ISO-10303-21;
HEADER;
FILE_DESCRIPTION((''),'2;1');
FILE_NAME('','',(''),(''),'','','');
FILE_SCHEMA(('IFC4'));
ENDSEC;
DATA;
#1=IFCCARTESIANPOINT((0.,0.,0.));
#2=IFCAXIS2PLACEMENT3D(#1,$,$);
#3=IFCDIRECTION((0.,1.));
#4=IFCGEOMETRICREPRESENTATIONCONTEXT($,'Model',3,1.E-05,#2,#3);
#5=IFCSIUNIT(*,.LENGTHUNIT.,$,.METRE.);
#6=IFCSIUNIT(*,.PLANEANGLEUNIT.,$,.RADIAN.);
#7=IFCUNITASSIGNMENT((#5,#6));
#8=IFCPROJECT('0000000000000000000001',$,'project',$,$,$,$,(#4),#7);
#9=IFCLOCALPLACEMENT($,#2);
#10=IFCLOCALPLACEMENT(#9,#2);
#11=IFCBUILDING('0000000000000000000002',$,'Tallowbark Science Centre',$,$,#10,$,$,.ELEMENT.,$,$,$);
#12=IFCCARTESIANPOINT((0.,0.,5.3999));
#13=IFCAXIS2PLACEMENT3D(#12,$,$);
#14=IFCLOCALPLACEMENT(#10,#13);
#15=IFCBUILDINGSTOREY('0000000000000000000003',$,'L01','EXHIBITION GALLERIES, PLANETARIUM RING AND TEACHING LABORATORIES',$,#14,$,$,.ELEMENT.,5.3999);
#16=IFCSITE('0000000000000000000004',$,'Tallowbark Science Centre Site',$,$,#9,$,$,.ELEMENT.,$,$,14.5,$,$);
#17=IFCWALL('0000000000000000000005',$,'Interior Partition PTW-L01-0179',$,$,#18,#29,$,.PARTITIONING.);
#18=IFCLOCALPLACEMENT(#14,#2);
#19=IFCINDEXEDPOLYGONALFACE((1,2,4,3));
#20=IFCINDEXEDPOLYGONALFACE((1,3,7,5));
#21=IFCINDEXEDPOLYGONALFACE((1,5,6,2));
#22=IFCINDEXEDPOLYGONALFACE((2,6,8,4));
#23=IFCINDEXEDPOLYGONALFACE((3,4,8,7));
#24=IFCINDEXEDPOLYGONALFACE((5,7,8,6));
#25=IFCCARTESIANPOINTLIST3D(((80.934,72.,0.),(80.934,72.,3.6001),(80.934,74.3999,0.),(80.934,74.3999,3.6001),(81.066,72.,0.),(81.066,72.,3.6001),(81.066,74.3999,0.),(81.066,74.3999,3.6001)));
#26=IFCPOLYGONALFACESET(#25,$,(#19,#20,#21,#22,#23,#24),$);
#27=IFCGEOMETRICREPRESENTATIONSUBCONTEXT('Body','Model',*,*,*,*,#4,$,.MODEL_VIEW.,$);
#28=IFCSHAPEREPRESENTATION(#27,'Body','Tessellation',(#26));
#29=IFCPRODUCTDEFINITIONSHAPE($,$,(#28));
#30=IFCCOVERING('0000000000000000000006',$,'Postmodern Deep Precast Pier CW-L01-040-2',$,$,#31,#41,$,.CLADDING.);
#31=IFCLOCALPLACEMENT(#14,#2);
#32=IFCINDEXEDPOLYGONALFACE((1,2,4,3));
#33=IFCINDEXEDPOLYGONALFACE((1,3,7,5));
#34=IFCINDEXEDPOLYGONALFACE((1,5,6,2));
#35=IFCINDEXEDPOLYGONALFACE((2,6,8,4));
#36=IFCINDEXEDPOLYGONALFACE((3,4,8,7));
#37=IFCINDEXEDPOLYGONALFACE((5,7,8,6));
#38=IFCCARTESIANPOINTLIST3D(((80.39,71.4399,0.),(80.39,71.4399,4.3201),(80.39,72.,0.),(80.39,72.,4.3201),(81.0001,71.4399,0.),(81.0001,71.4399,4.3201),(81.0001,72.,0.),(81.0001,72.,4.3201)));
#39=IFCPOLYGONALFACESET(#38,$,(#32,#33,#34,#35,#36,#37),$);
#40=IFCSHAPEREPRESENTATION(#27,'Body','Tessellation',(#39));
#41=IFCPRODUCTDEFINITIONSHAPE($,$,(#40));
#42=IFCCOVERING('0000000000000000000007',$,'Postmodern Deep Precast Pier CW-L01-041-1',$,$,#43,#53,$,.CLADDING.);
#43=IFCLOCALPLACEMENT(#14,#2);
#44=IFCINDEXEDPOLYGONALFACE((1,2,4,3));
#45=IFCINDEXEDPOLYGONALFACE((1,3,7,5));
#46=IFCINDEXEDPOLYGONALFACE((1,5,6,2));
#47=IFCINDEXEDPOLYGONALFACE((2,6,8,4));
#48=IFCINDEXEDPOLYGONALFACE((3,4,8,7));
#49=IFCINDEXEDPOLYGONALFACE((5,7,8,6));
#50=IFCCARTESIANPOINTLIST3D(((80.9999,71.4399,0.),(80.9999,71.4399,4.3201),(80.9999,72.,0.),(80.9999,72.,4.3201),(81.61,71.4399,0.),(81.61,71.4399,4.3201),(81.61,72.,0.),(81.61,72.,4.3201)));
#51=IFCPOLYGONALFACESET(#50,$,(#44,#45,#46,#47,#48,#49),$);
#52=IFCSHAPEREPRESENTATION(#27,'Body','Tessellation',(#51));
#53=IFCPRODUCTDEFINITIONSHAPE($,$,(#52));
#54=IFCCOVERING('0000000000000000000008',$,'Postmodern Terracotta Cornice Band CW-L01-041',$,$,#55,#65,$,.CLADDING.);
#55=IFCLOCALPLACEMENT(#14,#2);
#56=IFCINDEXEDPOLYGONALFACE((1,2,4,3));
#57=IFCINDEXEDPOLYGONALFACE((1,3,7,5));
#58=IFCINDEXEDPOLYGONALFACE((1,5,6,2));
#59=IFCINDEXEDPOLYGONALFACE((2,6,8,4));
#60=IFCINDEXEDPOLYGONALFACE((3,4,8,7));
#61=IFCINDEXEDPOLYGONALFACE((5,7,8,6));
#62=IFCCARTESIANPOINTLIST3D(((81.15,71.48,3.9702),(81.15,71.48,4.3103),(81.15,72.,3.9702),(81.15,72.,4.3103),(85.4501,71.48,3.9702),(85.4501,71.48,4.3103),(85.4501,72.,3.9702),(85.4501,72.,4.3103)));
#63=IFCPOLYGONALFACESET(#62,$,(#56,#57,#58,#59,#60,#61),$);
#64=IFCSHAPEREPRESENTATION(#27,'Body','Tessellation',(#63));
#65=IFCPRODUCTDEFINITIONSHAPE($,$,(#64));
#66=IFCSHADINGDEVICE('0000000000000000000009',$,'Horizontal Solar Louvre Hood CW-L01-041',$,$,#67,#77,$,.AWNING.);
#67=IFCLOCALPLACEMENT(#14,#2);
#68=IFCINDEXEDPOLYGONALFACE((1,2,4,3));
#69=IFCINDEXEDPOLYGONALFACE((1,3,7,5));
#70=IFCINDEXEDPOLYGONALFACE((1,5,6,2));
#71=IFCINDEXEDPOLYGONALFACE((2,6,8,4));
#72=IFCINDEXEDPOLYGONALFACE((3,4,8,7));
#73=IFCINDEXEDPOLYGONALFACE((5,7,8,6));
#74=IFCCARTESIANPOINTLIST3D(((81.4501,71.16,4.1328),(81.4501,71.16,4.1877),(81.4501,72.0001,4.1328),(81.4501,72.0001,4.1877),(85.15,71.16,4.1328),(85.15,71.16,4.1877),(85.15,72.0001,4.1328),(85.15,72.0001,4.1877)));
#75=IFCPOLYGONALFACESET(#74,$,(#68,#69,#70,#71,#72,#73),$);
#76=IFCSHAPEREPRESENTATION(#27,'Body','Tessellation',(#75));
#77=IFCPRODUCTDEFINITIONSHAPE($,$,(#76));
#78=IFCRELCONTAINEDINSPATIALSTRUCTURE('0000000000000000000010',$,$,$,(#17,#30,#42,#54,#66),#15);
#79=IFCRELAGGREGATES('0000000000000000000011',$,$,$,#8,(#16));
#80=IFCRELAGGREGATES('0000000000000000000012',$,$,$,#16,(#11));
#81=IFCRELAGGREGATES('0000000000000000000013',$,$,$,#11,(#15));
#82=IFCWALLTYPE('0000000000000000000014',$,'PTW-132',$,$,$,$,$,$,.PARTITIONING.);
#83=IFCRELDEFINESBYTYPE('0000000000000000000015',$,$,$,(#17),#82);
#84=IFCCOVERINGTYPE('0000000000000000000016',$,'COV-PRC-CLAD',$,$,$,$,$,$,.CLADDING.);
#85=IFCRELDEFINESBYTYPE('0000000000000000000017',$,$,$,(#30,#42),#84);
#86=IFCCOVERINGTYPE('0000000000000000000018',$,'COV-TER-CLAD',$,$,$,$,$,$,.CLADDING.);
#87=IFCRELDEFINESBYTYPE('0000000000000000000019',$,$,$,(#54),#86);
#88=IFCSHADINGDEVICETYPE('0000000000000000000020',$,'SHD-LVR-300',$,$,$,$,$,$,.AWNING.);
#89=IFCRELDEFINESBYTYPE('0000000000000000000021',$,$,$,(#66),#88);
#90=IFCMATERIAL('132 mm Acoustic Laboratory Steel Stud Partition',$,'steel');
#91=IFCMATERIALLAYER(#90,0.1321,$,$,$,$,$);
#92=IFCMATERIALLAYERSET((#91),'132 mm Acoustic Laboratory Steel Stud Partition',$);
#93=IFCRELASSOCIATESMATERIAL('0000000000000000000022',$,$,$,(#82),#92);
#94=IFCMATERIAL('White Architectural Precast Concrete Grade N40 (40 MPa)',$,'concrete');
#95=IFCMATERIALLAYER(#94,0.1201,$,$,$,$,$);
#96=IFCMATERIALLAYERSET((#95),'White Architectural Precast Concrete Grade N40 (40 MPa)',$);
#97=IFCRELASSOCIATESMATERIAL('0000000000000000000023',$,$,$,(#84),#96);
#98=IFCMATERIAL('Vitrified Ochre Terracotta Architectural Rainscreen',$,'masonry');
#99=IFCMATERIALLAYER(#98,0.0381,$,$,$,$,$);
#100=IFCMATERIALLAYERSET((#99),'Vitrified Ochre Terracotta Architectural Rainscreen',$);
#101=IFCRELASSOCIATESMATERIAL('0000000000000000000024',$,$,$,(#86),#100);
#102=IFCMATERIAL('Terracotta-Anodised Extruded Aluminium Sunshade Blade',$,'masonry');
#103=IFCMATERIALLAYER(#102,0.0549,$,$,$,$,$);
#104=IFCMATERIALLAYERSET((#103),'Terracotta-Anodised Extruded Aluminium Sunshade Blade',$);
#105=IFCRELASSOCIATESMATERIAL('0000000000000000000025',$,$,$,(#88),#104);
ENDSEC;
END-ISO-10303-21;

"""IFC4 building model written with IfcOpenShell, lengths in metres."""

from ifc_helpers import new_model, si_unit, direction, frame, frame_2d, origin, origin_2d, place, context, subcontext, project, spatial, rectangle, extrude, material, layer, layer_set, type_object, element, save


model = new_model("IFC4")

# Units and contexts
model_context = context("Model", 3, precision=1e-05, world=origin(), true_north=direction((0.0, 1.0)))
body_context = subcontext(model_context, "Body", "Model", "MODEL_VIEW")
ifc_project = project(units=[si_unit("LENGTHUNIT", "METRE"), si_unit("PLANEANGLEUNIT", "RADIAN")], contexts=[model_context])

# Site, building, storey
site_placement = place(None, origin())
site = spatial("IfcSite", under=ifc_project, at=site_placement, Name="Tallowbark Science Centre Site", CompositionType="ELEMENT", RefElevation=14.5)
building_placement = place(site_placement, origin())
building = spatial("IfcBuilding", under=site, at=building_placement, Name="Tallowbark Science Centre", CompositionType="ELEMENT")
storey_placement = place(building_placement, frame((0.0, 0.0, 5.3999)))
storey = spatial("IfcBuildingStorey", under=building, at=storey_placement, Name="L01", Description="EXHIBITION GALLERIES, PLANETARIUM RING AND TEACHING LABORATORIES", CompositionType="ELEMENT", Elevation=5.3999)

# Wall
ifc_material_1 = material(Name="132 mm Acoustic Laboratory Steel Stud Partition", Category="steel")
ifc_layer_1 = layer(ifc_material_1, 0.1321)
ifc_layer_set_1 = layer_set([ifc_layer_1], Name="132 mm Acoustic Laboratory Steel Stud Partition")
wall_type = type_object("IfcWallType", Name="PTW-132", PredefinedType="PARTITIONING", material=ifc_layer_set_1)
wall_placement = place(storey_placement, frame((81.0, 72.0, 0.0), z_axis=(0.0, 0.0, 1.0), x_axis=(0.0, 1.0, 0.0)))
element("IfcWall", 1, at=wall_placement, inside=storey, type_object=wall_type, Name="Interior Partition PTW-L01-0179", PredefinedType="PARTITIONING", context=body_context, shape_type="SweptSolid", body=[
    extrude(rectangle(XDim=2.3999, YDim=0.1321, at=frame_2d((1.2, 0.0))), origin(), (0.0, 0.0, 1.0), 3.6001),
])

# Coverings
ifc_material_2 = material(Name="White Architectural Precast Concrete Grade N40 (40 MPa)", Category="concrete")
ifc_layer_2 = layer(ifc_material_2, 0.1201)
ifc_layer_set_2 = layer_set([ifc_layer_2], Name="White Architectural Precast Concrete Grade N40 (40 MPa)")
covering_type_1 = type_object("IfcCoveringType", Name="COV-PRC-CLAD", PredefinedType="CLADDING", material=ifc_layer_set_2)
for number, where, z_axis, x_axis, name in (
    (2, (80.6951, 71.72, 0.0), (0.0, 0.0, 1.0), (1.0, 0.0, 0.0), "Postmodern Deep Precast Pier CW-L01-040-2"),
    (3, (81.3049, 71.72, 0.0), (0.0, 0.0, 1.0), (1.0, 0.0, 0.0), "Postmodern Deep Precast Pier CW-L01-041-1"),
):
    element("IfcCovering", number, at=place(storey_placement, frame(where, z_axis=z_axis, x_axis=x_axis)), inside=storey, type_object=covering_type_1, Name=name, PredefinedType="CLADDING", context=body_context, shape_type="SweptSolid", body=[
        extrude(rectangle(XDim=0.6101, YDim=0.5601, at=origin_2d()), origin(), (0.0, 0.0, 1.0), 4.3201),
    ])
ifc_material_3 = material(Name="Vitrified Ochre Terracotta Architectural Rainscreen", Category="masonry")
ifc_layer_3 = layer(ifc_material_3, 0.0381)
ifc_layer_set_3 = layer_set([ifc_layer_3], Name="Vitrified Ochre Terracotta Architectural Rainscreen")
covering_type_2 = type_object("IfcCoveringType", Name="COV-TER-CLAD", PredefinedType="CLADDING", material=ifc_layer_set_3)
covering_placement = place(storey_placement, frame((83.3, 71.74, 3.9702), z_axis=(0.0, 0.0, 1.0), x_axis=(1.0, 0.0, 0.0)))
element("IfcCovering", 4, at=covering_placement, inside=storey, type_object=covering_type_2, Name="Postmodern Terracotta Cornice Band CW-L01-041", PredefinedType="CLADDING", context=body_context, shape_type="SweptSolid", body=[
    extrude(rectangle(XDim=4.3, YDim=0.52, at=origin_2d()), origin(), (0.0, 0.0, 1.0), 0.3401),
])

# Shading device
ifc_material_4 = material(Name="Terracotta-Anodised Extruded Aluminium Sunshade Blade", Category="masonry")
ifc_layer_4 = layer(ifc_material_4, 0.0549)
ifc_layer_set_4 = layer_set([ifc_layer_4], Name="Terracotta-Anodised Extruded Aluminium Sunshade Blade")
shading_device_type = type_object("IfcShadingDeviceType", Name="SHD-LVR-300", PredefinedType="AWNING", material=ifc_layer_set_4)
shading_device_placement = place(storey_placement, frame((83.3, 71.5801, 4.1328), z_axis=(0.0, 0.0, 1.0), x_axis=(1.0, 0.0, 0.0)))
element("IfcShadingDevice", 5, at=shading_device_placement, inside=storey, type_object=shading_device_type, Name="Horizontal Solar Louvre Hood CW-L01-041", PredefinedType="AWNING", context=body_context, shape_type="SweptSolid", body=[
    extrude(rectangle(XDim=3.7, YDim=0.8401, at=origin_2d()), origin(), (0.0, 0.0, 1.0), 0.0549),
])

save(model, "model.ifc")
